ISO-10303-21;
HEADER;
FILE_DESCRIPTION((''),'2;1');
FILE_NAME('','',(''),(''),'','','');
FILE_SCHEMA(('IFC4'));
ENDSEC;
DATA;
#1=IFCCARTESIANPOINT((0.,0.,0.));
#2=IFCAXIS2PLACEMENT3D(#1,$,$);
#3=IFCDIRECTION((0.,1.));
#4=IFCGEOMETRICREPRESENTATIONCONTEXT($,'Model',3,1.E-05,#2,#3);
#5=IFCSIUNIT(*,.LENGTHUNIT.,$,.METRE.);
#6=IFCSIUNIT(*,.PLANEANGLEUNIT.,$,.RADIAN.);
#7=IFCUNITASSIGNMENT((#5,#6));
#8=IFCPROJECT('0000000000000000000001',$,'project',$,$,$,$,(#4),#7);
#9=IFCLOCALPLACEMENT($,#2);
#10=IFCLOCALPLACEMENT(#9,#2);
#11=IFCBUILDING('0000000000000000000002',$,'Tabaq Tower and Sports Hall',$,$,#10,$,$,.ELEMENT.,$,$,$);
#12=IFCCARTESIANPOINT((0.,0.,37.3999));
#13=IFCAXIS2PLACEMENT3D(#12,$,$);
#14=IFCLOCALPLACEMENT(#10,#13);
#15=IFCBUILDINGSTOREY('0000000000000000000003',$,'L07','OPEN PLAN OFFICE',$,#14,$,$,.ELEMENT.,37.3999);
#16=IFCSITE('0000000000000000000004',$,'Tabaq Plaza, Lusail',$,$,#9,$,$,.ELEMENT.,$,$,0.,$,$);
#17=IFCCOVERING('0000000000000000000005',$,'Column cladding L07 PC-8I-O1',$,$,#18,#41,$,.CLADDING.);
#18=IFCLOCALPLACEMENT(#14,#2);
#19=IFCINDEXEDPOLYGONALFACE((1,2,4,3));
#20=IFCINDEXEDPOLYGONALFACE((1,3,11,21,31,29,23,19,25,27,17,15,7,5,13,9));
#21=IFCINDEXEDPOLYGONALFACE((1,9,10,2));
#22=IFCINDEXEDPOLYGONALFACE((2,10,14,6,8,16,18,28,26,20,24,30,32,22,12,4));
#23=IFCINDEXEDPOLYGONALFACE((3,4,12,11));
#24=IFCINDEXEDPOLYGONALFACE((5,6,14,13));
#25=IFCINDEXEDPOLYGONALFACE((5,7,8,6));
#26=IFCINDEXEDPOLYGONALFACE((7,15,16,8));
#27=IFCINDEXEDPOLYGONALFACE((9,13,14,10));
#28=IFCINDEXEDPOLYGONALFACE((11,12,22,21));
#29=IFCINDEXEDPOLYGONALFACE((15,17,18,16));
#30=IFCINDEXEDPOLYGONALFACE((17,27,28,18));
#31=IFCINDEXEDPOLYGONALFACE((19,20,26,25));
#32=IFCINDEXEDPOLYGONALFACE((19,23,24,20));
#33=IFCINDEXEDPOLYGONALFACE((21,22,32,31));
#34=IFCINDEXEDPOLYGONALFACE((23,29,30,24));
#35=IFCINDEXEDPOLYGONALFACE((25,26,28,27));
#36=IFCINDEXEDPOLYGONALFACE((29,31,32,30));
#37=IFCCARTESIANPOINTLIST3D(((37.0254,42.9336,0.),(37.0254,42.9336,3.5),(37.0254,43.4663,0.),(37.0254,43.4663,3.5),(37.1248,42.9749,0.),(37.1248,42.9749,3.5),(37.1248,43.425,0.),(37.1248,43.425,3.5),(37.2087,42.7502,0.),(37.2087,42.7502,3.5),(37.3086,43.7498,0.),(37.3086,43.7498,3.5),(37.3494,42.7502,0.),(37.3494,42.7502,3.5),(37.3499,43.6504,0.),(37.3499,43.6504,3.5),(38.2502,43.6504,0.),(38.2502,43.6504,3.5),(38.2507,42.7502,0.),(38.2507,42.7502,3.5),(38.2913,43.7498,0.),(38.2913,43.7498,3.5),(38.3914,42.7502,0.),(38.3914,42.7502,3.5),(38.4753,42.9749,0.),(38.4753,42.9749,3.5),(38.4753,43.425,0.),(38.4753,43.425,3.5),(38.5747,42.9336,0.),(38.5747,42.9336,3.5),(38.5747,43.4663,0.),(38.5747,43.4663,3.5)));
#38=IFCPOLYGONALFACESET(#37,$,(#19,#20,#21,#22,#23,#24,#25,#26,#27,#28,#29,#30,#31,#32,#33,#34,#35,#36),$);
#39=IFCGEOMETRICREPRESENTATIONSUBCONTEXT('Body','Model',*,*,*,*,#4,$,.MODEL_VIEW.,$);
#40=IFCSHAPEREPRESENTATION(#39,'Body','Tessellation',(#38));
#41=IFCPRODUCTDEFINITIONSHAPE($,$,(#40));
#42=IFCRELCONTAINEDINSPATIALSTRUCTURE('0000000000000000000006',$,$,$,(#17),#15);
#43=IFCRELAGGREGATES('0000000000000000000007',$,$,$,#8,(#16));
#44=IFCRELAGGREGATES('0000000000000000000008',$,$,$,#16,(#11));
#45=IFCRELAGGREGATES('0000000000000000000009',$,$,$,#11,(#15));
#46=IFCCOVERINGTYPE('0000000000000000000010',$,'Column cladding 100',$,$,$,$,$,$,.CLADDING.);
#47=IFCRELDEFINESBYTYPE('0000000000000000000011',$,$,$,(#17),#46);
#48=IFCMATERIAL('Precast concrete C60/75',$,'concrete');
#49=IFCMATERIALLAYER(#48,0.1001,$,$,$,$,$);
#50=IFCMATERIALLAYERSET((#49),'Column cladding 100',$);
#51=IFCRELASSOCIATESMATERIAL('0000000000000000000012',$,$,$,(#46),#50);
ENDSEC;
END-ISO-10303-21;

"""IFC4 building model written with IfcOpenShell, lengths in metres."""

from ifc_helpers import new_model, si_unit, direction, frame, origin, place, context, subcontext, project, spatial, polyline, outline, extrude, material, layer, layer_set, type_object, element, save


model = new_model("IFC4")

# Units and contexts
model_context = context("Model", 3, precision=1e-05, world=origin(), true_north=direction((0.0, 1.0)))
body_context = subcontext(model_context, "Body", "Model", "MODEL_VIEW")
ifc_project = project(units=[si_unit("LENGTHUNIT", "METRE"), si_unit("PLANEANGLEUNIT", "RADIAN")], contexts=[model_context])

# Site, building, storey
site_placement = place(None, origin())
site = spatial("IfcSite", under=ifc_project, at=site_placement, Name="Tabaq Plaza, Lusail", CompositionType="ELEMENT", RefElevation=0.0)
building_placement = place(site_placement, origin())
building = spatial("IfcBuilding", under=site, at=building_placement, Name="Tabaq Tower and Sports Hall", CompositionType="ELEMENT")
storey_placement = place(building_placement, frame((0.0, 0.0, 37.3999)))
storey = spatial("IfcBuildingStorey", under=building, at=storey_placement, Name="L07", Description="OPEN PLAN OFFICE", CompositionType="ELEMENT", Elevation=37.3999)

# Covering
ifc_material_1 = material(Name="Precast concrete C60/75", Category="concrete")
ifc_layer_1 = layer(ifc_material_1, 0.1001)
ifc_layer_set_1 = layer_set([ifc_layer_1], Name="Column cladding 100")
covering_type = type_object("IfcCoveringType", Name="Column cladding 100", PredefinedType="CLADDING", material=ifc_layer_set_1)
covering_1_placement = place(storey_placement, origin())
element("IfcCovering", 1, at=covering_1_placement, inside=storey, type_object=covering_type, Name="Column cladding L07 PC-8I-O1", PredefinedType="CLADDING", context=body_context, shape_type="SweptSolid", body=[
    extrude(outline(polyline([(37.0254, 43.4663), (37.3086, 43.7498), (38.2913, 43.7498), (38.5747, 43.4663), (38.5747, 42.9336), (38.3914, 42.7502), (38.2507, 42.7502), (38.4753, 42.9749), (38.4753, 43.425), (38.2502, 43.6504), (37.3499, 43.6504), (37.1248, 43.425), (37.1248, 42.9749), (37.3494, 42.7502), (37.2087, 42.7502), (37.0254, 42.9336), (37.0254, 43.4663)])), origin(), (0.0, 0.0, 1.0), 3.5),
])

save(model, "model.ifc")
